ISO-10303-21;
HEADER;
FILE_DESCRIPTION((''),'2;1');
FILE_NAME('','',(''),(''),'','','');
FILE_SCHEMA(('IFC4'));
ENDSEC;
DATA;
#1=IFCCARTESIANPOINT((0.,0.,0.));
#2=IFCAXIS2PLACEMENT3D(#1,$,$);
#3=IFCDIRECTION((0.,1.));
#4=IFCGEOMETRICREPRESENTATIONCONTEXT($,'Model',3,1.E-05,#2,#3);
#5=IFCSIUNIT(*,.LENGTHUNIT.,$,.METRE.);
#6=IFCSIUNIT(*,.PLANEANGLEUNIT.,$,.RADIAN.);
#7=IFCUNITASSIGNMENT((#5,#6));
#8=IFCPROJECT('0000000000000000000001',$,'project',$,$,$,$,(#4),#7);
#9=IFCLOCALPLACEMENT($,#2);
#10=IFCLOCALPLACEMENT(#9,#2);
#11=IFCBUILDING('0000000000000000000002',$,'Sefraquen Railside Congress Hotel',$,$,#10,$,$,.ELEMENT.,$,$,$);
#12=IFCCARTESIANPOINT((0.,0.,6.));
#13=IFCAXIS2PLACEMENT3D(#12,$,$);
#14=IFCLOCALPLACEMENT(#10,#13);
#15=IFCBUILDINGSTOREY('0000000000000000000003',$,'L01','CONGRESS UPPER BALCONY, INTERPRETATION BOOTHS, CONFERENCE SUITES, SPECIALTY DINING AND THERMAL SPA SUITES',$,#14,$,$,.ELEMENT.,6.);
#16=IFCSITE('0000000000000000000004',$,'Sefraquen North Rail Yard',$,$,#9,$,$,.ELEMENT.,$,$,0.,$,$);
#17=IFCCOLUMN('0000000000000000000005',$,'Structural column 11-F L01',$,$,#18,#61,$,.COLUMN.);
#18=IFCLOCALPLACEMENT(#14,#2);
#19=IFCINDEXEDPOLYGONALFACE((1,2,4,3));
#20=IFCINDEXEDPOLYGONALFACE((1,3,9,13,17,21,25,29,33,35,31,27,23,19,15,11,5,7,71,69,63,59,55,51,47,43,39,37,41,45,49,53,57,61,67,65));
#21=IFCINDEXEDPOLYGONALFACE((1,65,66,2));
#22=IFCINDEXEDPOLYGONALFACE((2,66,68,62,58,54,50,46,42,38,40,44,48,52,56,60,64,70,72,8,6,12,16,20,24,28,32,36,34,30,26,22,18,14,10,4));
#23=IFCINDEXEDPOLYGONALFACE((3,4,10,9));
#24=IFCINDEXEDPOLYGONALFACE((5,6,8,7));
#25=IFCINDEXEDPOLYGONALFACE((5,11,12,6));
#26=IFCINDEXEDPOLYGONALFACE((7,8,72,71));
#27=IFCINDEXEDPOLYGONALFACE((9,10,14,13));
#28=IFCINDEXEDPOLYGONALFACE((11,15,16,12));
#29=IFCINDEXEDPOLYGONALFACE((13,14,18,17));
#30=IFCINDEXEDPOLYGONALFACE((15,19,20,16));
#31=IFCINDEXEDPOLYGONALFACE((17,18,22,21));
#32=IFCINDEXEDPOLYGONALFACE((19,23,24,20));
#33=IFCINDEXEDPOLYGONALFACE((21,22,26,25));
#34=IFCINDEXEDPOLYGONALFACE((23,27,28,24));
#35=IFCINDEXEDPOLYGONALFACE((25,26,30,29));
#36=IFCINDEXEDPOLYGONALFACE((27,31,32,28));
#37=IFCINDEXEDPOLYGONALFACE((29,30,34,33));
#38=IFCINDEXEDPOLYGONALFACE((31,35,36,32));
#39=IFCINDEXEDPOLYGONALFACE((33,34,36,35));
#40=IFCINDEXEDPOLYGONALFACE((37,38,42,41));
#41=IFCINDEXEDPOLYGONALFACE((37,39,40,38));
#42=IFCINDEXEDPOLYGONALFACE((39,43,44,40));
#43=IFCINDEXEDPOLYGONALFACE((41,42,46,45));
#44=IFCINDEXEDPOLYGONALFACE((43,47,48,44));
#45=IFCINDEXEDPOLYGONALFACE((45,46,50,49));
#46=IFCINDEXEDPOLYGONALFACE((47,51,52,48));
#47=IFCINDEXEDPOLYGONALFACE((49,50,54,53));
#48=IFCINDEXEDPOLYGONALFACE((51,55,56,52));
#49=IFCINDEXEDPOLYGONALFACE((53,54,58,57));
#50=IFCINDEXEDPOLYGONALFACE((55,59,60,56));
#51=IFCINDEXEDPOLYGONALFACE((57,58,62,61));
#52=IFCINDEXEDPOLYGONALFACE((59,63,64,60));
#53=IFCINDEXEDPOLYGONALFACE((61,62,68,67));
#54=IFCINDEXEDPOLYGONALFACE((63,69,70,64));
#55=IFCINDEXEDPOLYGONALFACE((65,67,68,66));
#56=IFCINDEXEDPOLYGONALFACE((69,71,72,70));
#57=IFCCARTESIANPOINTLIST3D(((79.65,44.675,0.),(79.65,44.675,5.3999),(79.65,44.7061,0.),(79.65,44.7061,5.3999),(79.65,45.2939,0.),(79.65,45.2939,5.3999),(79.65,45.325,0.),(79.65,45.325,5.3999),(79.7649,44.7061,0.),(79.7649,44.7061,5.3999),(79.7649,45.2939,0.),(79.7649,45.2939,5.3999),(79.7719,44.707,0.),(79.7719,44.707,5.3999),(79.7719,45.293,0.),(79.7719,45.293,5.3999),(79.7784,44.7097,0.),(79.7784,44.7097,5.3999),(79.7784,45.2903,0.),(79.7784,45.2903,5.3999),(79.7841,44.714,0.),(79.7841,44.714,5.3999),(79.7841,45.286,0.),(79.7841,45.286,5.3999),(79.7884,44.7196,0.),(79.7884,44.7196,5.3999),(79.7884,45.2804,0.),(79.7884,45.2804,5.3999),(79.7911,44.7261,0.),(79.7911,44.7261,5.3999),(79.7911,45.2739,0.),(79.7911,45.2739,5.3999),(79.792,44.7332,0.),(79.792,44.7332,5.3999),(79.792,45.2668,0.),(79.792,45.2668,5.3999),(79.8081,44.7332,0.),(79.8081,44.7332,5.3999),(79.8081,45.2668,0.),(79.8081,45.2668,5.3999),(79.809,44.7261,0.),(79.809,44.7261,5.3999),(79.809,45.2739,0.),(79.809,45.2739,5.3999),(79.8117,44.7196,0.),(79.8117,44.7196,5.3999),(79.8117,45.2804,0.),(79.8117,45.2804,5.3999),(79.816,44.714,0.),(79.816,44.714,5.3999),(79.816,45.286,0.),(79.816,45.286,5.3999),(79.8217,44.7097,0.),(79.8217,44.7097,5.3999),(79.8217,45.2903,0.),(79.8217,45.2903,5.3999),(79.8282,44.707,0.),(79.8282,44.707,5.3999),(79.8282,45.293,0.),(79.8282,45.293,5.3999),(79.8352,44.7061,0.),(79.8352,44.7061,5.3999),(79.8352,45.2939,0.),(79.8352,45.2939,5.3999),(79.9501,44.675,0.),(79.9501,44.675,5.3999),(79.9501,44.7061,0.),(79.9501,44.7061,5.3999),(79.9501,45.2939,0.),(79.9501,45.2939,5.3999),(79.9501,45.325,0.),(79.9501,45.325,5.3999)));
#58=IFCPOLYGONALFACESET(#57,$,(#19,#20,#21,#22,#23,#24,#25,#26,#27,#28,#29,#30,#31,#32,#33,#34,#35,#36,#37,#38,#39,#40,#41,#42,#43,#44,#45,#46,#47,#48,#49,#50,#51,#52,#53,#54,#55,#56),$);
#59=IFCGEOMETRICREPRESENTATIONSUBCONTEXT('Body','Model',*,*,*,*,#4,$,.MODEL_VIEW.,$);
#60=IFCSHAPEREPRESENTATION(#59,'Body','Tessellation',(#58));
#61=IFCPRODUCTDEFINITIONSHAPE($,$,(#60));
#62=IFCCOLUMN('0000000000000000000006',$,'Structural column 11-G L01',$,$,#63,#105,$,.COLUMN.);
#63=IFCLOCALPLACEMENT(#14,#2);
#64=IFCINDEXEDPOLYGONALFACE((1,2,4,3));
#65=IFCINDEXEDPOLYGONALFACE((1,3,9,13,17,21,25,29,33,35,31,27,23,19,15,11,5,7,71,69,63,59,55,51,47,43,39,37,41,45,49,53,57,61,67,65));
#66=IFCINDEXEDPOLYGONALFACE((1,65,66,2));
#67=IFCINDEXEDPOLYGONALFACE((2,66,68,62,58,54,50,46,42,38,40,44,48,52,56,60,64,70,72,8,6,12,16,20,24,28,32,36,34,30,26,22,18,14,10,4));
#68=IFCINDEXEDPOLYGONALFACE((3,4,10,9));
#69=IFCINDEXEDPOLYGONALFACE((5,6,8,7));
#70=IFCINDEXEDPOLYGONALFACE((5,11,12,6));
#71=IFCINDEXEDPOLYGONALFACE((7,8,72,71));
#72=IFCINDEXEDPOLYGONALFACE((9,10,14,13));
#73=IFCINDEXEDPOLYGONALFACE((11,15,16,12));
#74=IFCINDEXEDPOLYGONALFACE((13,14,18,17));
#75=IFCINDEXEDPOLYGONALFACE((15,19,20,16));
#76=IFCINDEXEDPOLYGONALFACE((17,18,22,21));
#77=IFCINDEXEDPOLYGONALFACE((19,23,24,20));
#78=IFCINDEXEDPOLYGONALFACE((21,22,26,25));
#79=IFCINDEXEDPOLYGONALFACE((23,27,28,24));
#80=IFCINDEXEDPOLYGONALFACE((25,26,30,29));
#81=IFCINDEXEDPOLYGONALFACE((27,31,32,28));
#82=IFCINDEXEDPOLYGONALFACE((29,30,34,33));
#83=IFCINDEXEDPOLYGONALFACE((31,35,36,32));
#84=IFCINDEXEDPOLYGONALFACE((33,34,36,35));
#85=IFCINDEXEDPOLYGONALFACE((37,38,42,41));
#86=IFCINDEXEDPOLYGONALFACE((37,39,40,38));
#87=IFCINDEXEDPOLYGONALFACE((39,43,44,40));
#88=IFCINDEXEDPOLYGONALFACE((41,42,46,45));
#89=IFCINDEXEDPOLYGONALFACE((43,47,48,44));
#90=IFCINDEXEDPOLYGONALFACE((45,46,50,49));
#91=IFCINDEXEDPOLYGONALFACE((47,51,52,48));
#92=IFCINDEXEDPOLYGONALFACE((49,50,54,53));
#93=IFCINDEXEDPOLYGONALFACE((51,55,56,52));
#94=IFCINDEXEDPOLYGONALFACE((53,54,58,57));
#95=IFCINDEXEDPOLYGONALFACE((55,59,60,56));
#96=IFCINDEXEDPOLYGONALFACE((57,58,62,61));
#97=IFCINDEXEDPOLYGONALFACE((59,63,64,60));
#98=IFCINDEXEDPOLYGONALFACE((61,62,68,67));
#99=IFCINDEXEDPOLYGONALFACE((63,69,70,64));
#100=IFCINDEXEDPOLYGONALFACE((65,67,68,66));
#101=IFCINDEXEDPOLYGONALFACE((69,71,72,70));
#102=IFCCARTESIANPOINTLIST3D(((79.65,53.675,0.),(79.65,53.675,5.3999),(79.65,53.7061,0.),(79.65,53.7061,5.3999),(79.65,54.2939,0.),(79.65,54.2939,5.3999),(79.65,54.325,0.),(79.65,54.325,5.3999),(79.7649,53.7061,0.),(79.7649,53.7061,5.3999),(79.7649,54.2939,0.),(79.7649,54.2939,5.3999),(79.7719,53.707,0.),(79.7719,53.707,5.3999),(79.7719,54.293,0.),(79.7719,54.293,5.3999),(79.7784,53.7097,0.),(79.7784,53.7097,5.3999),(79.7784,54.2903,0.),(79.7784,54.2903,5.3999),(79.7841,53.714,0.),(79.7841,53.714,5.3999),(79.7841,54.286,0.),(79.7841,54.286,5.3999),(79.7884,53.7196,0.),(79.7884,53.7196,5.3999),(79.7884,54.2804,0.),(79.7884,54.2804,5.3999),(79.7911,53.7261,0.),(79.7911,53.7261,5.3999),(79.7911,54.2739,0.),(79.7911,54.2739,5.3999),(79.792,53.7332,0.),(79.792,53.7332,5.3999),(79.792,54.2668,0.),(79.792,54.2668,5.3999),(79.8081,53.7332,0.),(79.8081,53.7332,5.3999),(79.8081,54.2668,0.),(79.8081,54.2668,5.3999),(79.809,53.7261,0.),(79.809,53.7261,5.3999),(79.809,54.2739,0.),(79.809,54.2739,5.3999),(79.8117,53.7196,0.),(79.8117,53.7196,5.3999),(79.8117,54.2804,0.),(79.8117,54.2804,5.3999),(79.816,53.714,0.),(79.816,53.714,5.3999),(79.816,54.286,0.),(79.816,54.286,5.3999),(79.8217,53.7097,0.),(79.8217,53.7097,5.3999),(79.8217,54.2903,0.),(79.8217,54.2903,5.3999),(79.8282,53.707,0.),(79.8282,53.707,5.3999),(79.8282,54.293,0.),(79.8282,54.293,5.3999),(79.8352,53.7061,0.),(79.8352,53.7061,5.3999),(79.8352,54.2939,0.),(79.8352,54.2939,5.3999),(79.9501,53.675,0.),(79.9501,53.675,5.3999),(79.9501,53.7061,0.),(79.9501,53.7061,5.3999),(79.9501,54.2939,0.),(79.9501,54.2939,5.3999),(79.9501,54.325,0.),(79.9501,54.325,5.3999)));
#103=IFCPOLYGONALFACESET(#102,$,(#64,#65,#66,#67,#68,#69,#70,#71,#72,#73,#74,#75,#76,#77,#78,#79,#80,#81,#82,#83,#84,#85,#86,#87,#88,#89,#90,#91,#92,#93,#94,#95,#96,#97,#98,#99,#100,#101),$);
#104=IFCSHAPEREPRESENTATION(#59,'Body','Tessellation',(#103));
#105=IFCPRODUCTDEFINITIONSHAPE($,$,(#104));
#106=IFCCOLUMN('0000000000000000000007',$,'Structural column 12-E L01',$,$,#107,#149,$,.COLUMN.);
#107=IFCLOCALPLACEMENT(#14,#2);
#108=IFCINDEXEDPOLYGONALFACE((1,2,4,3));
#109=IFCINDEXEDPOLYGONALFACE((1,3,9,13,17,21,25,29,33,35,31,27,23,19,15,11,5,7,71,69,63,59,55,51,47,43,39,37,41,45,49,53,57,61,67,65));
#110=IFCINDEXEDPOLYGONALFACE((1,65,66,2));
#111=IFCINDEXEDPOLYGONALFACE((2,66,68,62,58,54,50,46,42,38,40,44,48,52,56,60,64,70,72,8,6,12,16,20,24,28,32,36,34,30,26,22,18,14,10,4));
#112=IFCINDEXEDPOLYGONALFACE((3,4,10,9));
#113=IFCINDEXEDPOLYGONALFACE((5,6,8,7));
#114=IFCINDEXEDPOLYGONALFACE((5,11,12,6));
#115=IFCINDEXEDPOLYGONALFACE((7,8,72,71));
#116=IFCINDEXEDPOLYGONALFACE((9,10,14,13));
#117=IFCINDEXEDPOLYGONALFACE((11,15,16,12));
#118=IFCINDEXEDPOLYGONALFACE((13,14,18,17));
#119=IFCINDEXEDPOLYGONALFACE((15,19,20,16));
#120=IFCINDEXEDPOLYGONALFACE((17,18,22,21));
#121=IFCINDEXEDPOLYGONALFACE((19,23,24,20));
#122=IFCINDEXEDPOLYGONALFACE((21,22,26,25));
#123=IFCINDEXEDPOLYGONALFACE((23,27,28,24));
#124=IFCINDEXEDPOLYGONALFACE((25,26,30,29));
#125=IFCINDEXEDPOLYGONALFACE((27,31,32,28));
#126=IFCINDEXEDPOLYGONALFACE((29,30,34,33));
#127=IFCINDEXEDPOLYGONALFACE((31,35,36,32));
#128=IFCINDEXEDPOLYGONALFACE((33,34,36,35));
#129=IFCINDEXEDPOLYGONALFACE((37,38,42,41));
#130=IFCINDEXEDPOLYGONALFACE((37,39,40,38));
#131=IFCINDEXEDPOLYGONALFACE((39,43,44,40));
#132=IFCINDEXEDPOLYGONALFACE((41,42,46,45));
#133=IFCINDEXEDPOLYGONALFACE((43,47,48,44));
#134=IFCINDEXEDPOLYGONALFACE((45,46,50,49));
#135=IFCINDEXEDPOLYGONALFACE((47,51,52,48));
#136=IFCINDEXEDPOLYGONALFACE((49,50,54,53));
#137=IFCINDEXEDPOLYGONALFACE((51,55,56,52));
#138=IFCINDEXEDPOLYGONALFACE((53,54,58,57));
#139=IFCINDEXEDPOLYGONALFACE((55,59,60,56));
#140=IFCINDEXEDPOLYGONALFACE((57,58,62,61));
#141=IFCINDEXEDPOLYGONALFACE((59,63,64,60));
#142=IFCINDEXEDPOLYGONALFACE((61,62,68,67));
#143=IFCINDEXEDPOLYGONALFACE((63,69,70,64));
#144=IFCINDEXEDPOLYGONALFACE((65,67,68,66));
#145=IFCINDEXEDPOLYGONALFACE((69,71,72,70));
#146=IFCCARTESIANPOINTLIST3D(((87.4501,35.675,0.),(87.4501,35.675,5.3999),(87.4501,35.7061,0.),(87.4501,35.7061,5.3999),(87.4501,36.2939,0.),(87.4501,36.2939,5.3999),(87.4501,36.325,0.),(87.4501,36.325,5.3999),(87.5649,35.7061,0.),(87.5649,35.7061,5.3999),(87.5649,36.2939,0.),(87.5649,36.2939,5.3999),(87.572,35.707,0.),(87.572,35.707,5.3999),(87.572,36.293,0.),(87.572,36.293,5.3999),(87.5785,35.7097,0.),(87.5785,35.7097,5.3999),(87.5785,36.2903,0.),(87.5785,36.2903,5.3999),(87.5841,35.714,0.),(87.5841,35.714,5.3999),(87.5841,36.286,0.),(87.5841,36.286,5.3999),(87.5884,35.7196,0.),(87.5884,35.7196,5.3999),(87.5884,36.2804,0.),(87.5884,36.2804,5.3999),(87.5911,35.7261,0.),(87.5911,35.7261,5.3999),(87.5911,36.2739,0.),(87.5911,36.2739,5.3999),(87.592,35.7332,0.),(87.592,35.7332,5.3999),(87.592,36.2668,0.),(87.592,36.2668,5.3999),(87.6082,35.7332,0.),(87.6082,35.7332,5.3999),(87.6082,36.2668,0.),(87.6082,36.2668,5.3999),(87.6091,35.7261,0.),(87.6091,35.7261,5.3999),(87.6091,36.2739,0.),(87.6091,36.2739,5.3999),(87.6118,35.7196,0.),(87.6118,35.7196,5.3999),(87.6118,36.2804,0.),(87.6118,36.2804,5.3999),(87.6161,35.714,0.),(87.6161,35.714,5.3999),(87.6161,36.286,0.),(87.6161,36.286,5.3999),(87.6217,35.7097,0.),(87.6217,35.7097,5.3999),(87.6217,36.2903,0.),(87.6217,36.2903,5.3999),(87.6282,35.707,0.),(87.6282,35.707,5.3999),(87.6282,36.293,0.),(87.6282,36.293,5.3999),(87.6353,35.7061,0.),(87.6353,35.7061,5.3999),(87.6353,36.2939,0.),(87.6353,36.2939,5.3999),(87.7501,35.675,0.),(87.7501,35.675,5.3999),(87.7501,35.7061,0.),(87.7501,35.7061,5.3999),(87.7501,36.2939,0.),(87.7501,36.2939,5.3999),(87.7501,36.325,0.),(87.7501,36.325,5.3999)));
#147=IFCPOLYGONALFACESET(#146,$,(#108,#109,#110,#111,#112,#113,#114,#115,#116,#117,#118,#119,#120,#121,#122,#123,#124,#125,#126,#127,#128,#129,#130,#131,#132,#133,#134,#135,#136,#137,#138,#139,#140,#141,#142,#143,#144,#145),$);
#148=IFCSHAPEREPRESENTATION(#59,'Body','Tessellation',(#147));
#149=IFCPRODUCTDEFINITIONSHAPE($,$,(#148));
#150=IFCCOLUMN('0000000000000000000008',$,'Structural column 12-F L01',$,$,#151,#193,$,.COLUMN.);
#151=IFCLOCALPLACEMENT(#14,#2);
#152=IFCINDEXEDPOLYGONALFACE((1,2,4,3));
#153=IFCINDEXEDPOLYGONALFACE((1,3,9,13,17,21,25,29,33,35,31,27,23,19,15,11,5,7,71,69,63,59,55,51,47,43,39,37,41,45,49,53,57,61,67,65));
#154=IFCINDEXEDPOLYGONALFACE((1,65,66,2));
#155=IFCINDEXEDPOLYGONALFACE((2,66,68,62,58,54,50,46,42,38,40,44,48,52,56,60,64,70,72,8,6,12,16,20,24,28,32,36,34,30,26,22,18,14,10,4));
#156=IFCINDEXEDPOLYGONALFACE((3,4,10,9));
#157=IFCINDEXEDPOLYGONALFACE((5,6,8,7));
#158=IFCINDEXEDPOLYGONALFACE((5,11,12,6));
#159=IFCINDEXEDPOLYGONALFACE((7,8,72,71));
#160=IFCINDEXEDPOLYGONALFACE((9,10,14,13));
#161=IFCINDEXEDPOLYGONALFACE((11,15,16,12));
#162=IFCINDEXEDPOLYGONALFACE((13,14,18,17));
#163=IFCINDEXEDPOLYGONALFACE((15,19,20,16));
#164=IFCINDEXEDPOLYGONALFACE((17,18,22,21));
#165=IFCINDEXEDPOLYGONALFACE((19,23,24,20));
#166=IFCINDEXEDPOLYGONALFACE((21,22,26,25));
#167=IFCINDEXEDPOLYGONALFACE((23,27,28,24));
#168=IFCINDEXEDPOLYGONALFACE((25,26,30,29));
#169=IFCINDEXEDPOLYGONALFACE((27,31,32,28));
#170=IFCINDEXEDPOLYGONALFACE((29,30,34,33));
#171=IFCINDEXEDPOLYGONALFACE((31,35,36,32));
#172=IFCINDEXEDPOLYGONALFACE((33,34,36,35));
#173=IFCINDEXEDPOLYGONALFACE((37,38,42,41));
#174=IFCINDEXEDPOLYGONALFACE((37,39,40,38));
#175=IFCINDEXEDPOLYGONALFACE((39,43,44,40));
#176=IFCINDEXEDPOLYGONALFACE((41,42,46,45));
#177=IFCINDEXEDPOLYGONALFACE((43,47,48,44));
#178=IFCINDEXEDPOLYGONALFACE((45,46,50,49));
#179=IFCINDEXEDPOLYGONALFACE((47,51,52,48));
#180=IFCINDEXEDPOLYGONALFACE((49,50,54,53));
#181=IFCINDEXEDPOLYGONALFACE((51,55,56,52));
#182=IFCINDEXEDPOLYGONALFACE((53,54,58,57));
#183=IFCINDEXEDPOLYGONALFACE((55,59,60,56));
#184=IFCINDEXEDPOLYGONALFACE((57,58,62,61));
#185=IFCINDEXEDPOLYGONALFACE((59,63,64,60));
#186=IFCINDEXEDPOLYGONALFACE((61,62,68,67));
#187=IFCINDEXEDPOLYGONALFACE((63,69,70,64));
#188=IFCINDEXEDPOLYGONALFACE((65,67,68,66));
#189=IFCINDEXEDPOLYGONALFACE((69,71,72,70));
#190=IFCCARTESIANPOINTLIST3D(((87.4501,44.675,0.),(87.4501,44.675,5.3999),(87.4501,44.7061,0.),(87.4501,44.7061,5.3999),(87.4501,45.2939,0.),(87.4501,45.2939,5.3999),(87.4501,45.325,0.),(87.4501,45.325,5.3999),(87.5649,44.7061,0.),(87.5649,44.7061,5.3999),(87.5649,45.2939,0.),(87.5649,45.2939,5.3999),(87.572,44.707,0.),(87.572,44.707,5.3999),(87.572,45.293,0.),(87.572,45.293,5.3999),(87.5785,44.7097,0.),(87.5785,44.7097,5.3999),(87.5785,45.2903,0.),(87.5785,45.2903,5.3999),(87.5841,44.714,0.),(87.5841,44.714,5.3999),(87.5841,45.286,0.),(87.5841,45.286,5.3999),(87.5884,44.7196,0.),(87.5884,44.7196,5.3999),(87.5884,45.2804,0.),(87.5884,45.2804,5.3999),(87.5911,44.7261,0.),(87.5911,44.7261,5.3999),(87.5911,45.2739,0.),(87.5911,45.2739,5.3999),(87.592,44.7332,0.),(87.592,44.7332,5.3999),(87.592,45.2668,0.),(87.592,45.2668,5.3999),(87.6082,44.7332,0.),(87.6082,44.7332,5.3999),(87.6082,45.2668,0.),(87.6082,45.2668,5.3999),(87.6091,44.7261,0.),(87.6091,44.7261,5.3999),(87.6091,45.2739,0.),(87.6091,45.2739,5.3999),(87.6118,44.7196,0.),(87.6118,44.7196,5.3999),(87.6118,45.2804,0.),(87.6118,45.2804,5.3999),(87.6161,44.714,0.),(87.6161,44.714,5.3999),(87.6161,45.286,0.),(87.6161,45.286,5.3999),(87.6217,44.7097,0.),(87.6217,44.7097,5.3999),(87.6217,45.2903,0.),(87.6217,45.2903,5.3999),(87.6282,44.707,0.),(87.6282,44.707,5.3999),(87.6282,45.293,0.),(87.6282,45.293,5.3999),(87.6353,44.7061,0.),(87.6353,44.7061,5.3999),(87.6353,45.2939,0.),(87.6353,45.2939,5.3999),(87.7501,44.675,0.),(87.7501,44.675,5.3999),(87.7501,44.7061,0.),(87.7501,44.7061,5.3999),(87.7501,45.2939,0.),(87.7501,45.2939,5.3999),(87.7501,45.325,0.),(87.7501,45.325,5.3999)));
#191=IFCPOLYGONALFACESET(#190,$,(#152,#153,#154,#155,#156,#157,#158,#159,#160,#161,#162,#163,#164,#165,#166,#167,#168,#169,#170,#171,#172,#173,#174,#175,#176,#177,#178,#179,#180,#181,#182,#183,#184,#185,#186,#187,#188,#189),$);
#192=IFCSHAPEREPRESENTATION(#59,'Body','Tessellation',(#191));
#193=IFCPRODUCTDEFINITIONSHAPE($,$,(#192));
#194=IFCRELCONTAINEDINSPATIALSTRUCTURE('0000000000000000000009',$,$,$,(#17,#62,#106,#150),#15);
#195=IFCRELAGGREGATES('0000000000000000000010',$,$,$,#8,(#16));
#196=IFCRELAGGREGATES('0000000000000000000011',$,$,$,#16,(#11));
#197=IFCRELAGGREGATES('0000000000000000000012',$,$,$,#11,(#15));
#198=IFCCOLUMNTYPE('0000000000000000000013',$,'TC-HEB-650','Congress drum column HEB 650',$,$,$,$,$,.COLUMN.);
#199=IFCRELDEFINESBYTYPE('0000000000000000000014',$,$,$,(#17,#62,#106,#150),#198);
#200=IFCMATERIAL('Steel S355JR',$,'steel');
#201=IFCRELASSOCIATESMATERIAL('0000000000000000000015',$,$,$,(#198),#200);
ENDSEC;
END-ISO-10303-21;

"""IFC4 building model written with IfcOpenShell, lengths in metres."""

from ifc_helpers import new_model, si_unit, direction, frame, origin, origin_2d, place, context, subcontext, project, spatial, i_section, extrude, material, material_profile, profile_set, type_object, element, save


model = new_model("IFC4")

# Units and contexts
model_context = context("Model", 3, precision=1e-05, world=origin(), true_north=direction((0.0, 1.0)))
body_context = subcontext(model_context, "Body", "Model", "MODEL_VIEW")
ifc_project = project(units=[si_unit("LENGTHUNIT", "METRE"), si_unit("PLANEANGLEUNIT", "RADIAN")], contexts=[model_context])

# Site, building, storey
site_placement = place(None, origin())
site = spatial("IfcSite", under=ifc_project, at=site_placement, Name="Sefraquen North Rail Yard", CompositionType="ELEMENT", RefElevation=0.0)
building_placement = place(site_placement, origin())
building = spatial("IfcBuilding", under=site, at=building_placement, Name="Sefraquen Railside Congress Hotel", CompositionType="ELEMENT")
storey_placement = place(building_placement, frame((0.0, 0.0, 6.0)))
storey = spatial("IfcBuildingStorey", under=building, at=storey_placement, Name="L01", Description="CONGRESS UPPER BALCONY, INTERPRETATION BOOTHS, CONFERENCE SUITES, SPECIALTY DINING AND THERMAL SPA SUITES", CompositionType="ELEMENT", Elevation=6.0)

# Columns
ifc_material_1 = material(Name="Steel S355JR", Category="steel")
ifc_material_profile_1 = material_profile(ifc_material_1, i_section(OverallWidth=0.3, OverallDepth=0.6499, WebThickness=0.0161, FlangeThickness=0.031, FilletRadius=0.0271, at=origin_2d()), Name="HEB 650")
ifc_profile_set_1 = profile_set([ifc_material_profile_1], Name="Steel S355JR")
column_type_1 = type_object("IfcColumnType", Name="TC-HEB-650", Description="Congress drum column HEB 650", PredefinedType="COLUMN", material=ifc_profile_set_1)
for number, where, z_axis, x_axis, name in (
    (1, (79.8, 45.0, 0.0), (0.0, 0.0, 1.0), (1.0, 0.0, 0.0), "Structural column 11-F L01"),
    (2, (79.8, 54.0, 0.0), (0.0, 0.0, 1.0), (1.0, 0.0, 0.0), "Structural column 11-G L01"),
    (3, (87.6001, 36.0, 0.0), (0.0, 0.0, 1.0), (1.0, 0.0, 0.0), "Structural column 12-E L01"),
    (4, (87.6001, 45.0, 0.0), (0.0, 0.0, 1.0), (1.0, 0.0, 0.0), "Structural column 12-F L01"),
):
    element("IfcColumn", number, at=place(storey_placement, frame(where, z_axis=z_axis, x_axis=x_axis)), inside=storey, type_object=column_type_1, Name=name, PredefinedType="COLUMN", context=body_context, shape_type="SweptSolid", body=[
        extrude(i_section(OverallWidth=0.3, OverallDepth=0.6499, WebThickness=0.0161, FlangeThickness=0.031, FilletRadius=0.0271, at=origin_2d()), origin(), (0.0, 0.0, 1.0), 5.3999),
    ])

save(model, "model.ifc")
